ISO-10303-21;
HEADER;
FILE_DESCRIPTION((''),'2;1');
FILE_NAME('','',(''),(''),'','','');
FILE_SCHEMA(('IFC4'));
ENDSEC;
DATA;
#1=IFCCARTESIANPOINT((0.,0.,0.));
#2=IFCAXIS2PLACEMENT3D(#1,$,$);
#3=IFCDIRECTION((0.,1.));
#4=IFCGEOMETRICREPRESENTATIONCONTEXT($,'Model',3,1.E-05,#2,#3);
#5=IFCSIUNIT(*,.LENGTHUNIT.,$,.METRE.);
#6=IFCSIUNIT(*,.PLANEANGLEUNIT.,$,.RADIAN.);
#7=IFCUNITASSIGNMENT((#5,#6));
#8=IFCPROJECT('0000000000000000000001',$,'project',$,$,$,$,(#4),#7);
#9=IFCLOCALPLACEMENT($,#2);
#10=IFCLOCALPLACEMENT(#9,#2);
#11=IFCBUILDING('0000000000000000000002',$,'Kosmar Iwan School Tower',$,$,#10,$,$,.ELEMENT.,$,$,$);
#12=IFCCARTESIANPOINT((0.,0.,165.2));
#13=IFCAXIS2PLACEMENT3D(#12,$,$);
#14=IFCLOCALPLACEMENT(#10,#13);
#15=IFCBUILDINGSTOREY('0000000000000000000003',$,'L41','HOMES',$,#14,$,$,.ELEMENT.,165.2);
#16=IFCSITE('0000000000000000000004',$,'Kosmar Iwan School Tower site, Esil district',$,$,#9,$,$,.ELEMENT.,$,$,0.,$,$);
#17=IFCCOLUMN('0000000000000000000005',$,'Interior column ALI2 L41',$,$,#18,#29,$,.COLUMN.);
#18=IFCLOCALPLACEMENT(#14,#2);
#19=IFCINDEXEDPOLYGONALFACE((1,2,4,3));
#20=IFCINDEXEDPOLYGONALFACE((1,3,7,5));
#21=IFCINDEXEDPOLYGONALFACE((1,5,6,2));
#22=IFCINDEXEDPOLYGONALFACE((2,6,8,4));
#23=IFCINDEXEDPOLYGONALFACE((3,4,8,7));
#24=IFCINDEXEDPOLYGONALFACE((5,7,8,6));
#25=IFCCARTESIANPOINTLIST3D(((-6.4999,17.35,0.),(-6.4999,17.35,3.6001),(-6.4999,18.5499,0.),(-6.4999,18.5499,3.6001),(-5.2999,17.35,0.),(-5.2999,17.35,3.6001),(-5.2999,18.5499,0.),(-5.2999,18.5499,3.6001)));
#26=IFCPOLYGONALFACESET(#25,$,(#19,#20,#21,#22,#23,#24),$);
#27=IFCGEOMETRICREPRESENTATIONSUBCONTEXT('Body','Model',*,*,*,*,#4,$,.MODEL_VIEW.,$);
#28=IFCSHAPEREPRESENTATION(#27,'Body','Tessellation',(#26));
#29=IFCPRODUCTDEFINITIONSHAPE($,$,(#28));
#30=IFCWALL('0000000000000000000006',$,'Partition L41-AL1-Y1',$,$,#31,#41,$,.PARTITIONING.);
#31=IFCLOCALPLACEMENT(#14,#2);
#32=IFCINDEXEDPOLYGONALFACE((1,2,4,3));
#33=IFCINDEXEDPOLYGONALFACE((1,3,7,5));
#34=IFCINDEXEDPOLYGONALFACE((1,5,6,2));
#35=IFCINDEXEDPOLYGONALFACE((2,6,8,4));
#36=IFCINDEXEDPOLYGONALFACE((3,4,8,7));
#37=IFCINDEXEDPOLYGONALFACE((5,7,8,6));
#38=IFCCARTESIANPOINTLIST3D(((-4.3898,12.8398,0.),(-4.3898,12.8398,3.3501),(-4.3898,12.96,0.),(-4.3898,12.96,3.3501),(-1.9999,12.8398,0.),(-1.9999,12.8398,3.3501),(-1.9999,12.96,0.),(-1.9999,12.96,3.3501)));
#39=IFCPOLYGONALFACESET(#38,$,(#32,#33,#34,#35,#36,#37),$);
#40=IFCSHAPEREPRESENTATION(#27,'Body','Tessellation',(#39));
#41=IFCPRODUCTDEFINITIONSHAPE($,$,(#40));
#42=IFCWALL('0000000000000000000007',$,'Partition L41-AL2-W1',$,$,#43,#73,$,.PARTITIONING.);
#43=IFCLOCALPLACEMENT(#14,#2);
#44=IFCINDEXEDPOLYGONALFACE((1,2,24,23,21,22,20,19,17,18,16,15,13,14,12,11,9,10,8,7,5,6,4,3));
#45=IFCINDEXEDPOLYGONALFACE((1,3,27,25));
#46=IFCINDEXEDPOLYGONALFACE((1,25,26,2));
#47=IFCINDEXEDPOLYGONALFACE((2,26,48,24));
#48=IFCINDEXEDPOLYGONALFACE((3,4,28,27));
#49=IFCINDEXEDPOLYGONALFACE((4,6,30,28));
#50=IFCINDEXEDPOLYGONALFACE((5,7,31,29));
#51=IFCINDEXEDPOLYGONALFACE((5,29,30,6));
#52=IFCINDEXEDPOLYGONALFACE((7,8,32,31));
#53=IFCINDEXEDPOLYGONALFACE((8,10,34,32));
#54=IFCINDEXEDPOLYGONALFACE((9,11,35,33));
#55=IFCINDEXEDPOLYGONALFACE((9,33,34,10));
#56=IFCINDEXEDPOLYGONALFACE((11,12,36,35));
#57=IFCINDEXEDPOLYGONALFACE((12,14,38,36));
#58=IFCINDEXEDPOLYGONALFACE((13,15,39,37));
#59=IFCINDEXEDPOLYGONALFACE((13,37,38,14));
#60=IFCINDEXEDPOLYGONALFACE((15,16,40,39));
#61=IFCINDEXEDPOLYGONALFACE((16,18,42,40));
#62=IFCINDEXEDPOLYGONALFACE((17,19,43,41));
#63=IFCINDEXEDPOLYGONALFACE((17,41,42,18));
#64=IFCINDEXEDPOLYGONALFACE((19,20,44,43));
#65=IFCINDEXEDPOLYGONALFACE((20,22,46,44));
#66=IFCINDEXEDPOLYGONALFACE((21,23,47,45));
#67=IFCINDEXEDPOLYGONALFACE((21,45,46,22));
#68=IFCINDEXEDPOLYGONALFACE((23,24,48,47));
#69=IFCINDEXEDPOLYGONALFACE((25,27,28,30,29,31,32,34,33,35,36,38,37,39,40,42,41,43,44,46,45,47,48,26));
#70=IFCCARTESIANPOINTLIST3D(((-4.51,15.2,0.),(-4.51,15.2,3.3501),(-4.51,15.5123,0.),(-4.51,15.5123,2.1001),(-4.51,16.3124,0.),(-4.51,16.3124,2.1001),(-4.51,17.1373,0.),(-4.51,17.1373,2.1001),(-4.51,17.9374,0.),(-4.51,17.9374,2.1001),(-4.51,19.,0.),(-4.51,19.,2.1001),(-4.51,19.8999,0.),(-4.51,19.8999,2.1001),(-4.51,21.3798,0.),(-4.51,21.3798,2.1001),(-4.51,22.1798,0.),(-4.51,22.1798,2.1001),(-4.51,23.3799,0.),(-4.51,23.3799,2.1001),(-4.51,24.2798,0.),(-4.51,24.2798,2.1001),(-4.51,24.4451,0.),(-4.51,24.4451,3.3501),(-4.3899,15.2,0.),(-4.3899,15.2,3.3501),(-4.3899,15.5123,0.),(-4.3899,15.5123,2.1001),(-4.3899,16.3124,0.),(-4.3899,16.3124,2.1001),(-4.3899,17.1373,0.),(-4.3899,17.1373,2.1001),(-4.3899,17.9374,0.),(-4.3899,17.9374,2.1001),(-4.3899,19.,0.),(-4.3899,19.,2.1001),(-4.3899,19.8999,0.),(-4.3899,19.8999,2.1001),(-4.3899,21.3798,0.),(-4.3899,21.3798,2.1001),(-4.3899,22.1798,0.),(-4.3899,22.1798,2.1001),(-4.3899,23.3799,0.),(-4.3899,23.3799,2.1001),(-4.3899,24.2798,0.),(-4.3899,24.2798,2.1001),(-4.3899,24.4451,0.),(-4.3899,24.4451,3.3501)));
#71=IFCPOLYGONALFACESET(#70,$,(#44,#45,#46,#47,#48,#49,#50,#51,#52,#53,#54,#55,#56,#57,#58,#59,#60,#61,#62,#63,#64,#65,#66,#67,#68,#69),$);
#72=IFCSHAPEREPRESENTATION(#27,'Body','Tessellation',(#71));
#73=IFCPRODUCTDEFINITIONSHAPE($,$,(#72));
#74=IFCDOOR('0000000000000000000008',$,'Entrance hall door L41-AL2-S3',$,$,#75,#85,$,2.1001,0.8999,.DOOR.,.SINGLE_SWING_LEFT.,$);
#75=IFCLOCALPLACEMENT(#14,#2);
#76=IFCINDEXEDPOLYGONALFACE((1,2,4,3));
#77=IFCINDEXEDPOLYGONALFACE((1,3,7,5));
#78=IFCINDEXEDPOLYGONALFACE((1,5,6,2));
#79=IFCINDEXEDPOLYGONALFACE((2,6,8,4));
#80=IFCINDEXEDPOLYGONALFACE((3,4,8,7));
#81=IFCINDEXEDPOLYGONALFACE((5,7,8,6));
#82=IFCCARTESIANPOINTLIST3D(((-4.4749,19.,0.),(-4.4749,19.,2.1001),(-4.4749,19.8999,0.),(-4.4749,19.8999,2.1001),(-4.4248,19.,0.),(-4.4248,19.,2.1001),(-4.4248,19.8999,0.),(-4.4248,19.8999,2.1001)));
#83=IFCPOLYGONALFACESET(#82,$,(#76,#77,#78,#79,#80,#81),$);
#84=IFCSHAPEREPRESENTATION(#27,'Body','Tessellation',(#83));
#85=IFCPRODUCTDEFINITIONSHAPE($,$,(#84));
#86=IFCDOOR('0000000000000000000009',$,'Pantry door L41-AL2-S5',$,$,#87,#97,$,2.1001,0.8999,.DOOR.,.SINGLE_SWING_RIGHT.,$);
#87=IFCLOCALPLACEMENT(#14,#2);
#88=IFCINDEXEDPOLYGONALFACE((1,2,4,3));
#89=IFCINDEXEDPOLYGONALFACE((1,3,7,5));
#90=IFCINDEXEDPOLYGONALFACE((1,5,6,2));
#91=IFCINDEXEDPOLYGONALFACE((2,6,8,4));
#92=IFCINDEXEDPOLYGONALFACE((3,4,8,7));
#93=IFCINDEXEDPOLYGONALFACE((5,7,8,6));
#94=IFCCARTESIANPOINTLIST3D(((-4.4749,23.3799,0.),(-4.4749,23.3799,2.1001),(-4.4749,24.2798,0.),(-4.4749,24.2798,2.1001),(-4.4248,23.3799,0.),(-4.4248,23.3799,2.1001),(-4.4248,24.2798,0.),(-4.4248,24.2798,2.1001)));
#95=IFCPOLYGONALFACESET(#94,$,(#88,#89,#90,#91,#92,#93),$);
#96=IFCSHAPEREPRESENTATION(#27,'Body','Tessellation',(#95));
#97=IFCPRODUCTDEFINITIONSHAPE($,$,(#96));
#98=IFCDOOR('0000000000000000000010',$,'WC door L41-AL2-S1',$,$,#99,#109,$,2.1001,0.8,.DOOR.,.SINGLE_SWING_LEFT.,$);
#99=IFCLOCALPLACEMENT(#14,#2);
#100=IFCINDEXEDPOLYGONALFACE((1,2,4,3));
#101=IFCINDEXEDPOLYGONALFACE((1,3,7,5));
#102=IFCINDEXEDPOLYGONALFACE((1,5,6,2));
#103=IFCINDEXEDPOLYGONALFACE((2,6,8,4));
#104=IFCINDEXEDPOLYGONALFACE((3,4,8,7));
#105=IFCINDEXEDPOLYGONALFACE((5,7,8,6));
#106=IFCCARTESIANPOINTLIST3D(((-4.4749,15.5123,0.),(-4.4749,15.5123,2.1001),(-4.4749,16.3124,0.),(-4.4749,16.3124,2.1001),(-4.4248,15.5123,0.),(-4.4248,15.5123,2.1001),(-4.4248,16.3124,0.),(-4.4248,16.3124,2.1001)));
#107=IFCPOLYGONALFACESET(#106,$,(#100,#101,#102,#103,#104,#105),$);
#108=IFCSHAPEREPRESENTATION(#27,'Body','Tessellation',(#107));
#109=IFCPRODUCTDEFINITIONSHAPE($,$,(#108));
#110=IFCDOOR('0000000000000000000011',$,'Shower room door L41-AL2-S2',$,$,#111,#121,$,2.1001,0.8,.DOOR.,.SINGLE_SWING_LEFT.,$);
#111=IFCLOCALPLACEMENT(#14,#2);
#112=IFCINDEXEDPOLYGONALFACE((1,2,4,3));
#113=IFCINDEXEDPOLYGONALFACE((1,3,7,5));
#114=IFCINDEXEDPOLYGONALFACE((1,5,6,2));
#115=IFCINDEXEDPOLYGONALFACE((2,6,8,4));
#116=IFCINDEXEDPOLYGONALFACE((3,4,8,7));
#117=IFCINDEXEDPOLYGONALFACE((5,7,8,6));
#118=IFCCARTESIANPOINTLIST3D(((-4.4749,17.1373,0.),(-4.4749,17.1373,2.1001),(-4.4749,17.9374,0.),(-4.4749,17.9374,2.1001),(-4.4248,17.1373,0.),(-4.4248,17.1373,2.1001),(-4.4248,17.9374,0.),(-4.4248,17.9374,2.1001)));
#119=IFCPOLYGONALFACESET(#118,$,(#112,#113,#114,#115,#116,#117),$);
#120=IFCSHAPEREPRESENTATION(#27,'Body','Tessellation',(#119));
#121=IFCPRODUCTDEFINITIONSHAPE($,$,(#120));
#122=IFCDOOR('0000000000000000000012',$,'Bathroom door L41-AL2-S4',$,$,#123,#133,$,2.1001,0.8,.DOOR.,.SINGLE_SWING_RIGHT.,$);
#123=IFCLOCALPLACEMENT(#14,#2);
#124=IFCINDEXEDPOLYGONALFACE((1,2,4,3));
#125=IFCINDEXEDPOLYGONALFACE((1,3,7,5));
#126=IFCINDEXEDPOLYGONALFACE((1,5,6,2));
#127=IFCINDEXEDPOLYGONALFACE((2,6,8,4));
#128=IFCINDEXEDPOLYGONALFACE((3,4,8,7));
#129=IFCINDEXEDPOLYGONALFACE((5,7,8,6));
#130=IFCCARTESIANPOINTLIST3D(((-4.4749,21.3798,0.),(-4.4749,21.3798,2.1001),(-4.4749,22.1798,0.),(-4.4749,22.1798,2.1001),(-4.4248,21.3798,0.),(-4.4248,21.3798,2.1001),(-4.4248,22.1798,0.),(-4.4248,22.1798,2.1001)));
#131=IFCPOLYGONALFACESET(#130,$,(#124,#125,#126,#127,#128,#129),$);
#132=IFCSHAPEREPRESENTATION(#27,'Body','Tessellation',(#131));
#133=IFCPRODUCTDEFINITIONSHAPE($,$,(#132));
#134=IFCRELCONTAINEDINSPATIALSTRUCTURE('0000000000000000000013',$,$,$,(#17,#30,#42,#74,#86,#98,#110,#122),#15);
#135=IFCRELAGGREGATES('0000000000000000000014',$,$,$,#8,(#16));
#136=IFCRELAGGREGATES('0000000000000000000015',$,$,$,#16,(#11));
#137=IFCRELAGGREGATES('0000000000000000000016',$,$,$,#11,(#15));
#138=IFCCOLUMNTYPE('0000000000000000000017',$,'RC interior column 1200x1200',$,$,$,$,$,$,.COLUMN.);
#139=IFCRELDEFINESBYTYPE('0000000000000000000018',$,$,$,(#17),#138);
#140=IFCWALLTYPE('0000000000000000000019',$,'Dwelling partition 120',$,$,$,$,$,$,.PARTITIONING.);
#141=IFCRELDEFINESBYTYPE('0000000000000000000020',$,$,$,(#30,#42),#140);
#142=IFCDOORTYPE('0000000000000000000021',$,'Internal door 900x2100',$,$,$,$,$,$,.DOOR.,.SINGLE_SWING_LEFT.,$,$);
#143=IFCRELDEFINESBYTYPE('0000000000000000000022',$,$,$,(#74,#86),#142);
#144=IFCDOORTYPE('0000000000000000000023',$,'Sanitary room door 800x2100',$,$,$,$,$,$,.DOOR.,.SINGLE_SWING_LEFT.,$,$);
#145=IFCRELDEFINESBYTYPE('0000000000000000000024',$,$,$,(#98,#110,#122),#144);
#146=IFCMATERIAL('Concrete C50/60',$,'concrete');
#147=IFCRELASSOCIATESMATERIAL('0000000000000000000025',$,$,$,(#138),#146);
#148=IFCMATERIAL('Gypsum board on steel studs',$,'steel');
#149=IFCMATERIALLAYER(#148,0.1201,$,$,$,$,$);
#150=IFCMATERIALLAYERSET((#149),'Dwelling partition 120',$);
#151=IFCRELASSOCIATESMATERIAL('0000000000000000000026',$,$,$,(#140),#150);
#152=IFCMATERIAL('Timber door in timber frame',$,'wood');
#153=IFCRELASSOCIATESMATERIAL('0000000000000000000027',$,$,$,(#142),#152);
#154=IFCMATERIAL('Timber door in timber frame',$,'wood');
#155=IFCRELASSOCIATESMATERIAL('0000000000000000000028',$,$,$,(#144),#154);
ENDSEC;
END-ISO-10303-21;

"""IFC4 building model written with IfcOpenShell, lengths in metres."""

from ifc_helpers import new_model, si_unit, direction, frame, frame_2d, origin, origin_2d, place, context, subcontext, project, spatial, rectangle, extrude, material, layer, layer_set, material_profile, profile_set, type_object, element, fill, save


model = new_model("IFC4")

# Units and contexts
model_context = context("Model", 3, precision=1e-05, world=origin(), true_north=direction((0.0, 1.0)))
body_context = subcontext(model_context, "Body", "Model", "MODEL_VIEW")
ifc_project = project(units=[si_unit("LENGTHUNIT", "METRE"), si_unit("PLANEANGLEUNIT", "RADIAN")], contexts=[model_context])

# Site, building, storey
site_placement = place(None, origin())
site = spatial("IfcSite", under=ifc_project, at=site_placement, Name="Kosmar Iwan School Tower site, Esil district", CompositionType="ELEMENT", RefElevation=0.0)
building_placement = place(site_placement, origin())
building = spatial("IfcBuilding", under=site, at=building_placement, Name="Kosmar Iwan School Tower", CompositionType="ELEMENT")
storey_placement = place(building_placement, frame((0.0, 0.0, 165.2)))
storey = spatial("IfcBuildingStorey", under=building, at=storey_placement, Name="L41", Description="HOMES", CompositionType="ELEMENT", Elevation=165.2)

# Column
ifc_material_1 = material(Name="Concrete C50/60", Category="concrete")
ifc_material_profile = material_profile(ifc_material_1, rectangle(XDim=1.2, YDim=1.2, at=origin_2d()), Name="RC 1200x1200")
ifc_profile_set = profile_set([ifc_material_profile], Name="Concrete C50/60")
column_type = type_object("IfcColumnType", Name="RC interior column 1200x1200", PredefinedType="COLUMN", material=ifc_profile_set)
column_placement = place(storey_placement, frame((-5.8999, 17.95, 0.0), z_axis=(0.0, 0.0, 1.0), x_axis=(0.0, 1.0, 0.0)))
element("IfcColumn", 1, at=column_placement, inside=storey, type_object=column_type, Name="Interior column ALI2 L41", PredefinedType="COLUMN", context=body_context, shape_type="SweptSolid", body=[
    extrude(rectangle(XDim=1.2, YDim=1.2, at=origin_2d()), origin(), (0.0, 0.0, 1.0), 3.6001),
])

# Wall
ifc_material_2 = material(Name="Gypsum board on steel studs", Category="steel")
ifc_layer_1 = layer(ifc_material_2, 0.1201)
ifc_layer_set_1 = layer_set([ifc_layer_1], Name="Dwelling partition 120")
wall_type_1 = type_object("IfcWallType", Name="Dwelling partition 120", PredefinedType="PARTITIONING", material=ifc_layer_set_1)
wall_1_placement = place(storey_placement, frame((-2.0, 12.8999, 0.0), z_axis=(0.0, 0.0, 1.0), x_axis=(-1.0, 0.0, 0.0)))
element("IfcWall", 2, at=wall_1_placement, inside=storey, type_object=wall_type_1, Name="Partition L41-AL1-Y1", PredefinedType="PARTITIONING", context=body_context, shape_type="SweptSolid", body=[
    extrude(rectangle(XDim=2.3899, YDim=0.1201, at=frame_2d((1.1948, 0.0))), origin(), (0.0, 0.0, 1.0), 3.3501),
])

# Wall, openings, doors
wall_2_placement = place(storey_placement, frame((-4.45, 15.2, 0.0), z_axis=(0.0, 0.0, 1.0), x_axis=(0.0, 1.0, 0.0)))
wall_2 = element("IfcWall", 3, at=wall_2_placement, inside=storey, type_object=wall_type_1, Name="Partition L41-AL2-W1", PredefinedType="PARTITIONING", context=body_context, shape_type="SweptSolid", body=[
    extrude(rectangle(XDim=9.2451, YDim=0.1201, at=frame_2d((4.6226, 0.0))), origin(), (0.0, 0.0, 1.0), 3.3501),
])
opening_1_placement = place(wall_2_placement, frame((0.3125, 0.0, 0.0)))
opening_1 = element("IfcOpeningElement", 4, at=opening_1_placement, cuts=wall_2, PredefinedType="OPENING", context=body_context, shape_type="SweptSolid", body=[
    extrude(rectangle(XDim=0.8, YDim=2.1001, at=frame_2d((0.3999, 1.05))), frame((0.0, 0.072, 0.0), z_axis=(0.0, -1.0, 0.0), x_axis=(1.0, 0.0, 0.0)), (0.0, 0.0, 1.0), 0.144),
])
opening_2_placement = place(wall_2_placement, frame((1.9375, 0.0, 0.0)))
opening_2 = element("IfcOpeningElement", 5, at=opening_2_placement, cuts=wall_2, PredefinedType="OPENING", context=body_context, shape_type="SweptSolid", body=[
    extrude(rectangle(XDim=0.8, YDim=2.1001, at=frame_2d((0.3999, 1.05))), frame((0.0, 0.072, 0.0), z_axis=(0.0, -1.0, 0.0), x_axis=(1.0, 0.0, 0.0)), (0.0, 0.0, 1.0), 0.144),
])
opening_3_placement = place(wall_2_placement, frame((3.8, 0.0, 0.0)))
opening_3 = element("IfcOpeningElement", 6, at=opening_3_placement, cuts=wall_2, PredefinedType="OPENING", context=body_context, shape_type="SweptSolid", body=[
    extrude(rectangle(XDim=0.8999, YDim=2.1001, at=frame_2d((0.45, 1.05))), frame((0.0, 0.072, 0.0), z_axis=(0.0, -1.0, 0.0), x_axis=(1.0, 0.0, 0.0)), (0.0, 0.0, 1.0), 0.144),
])
opening_4_placement = place(wall_2_placement, frame((6.1799, 0.0, 0.0)))
opening_4 = element("IfcOpeningElement", 7, at=opening_4_placement, cuts=wall_2, PredefinedType="OPENING", context=body_context, shape_type="SweptSolid", body=[
    extrude(rectangle(XDim=0.8, YDim=2.1001, at=frame_2d((0.3999, 1.05))), frame((0.0, 0.072, 0.0), z_axis=(0.0, -1.0, 0.0), x_axis=(1.0, 0.0, 0.0)), (0.0, 0.0, 1.0), 0.144),
])
opening_5_placement = place(wall_2_placement, frame((8.1799, 0.0, 0.0)))
opening_5 = element("IfcOpeningElement", 8, at=opening_5_placement, cuts=wall_2, PredefinedType="OPENING", context=body_context, shape_type="SweptSolid", body=[
    extrude(rectangle(XDim=0.8999, YDim=2.1001, at=frame_2d((0.45, 1.05))), frame((0.0, 0.072, 0.0), z_axis=(0.0, -1.0, 0.0), x_axis=(1.0, 0.0, 0.0)), (0.0, 0.0, 1.0), 0.144),
])
ifc_material_3 = material(Name="Timber door in timber frame", Category="wood")
door_type_1 = type_object("IfcDoorType", Name="Internal door 900x2100", OperationType="SINGLE_SWING_LEFT", PredefinedType="DOOR", material=ifc_material_3)
door_1_placement = place(opening_3_placement, origin())
door_1 = element("IfcDoor", 9, at=door_1_placement, inside=storey, type_object=door_type_1, Name="Entrance hall door L41-AL2-S3", OperationType="SINGLE_SWING_LEFT", OverallHeight=2.1001, OverallWidth=0.8999, PredefinedType="DOOR", context=body_context, shape_type="SweptSolid", body=[
    extrude(rectangle(XDim=0.8999, YDim=2.1001, at=frame_2d((0.45, 1.05))), frame((0.0, 0.0249, 0.0), z_axis=(0.0, -1.0, 0.0), x_axis=(1.0, 0.0, 0.0)), (0.0, 0.0, 1.0), 0.05),
])
fill(opening_3, door_1)
door_2_placement = place(opening_5_placement, origin())
door_2 = element("IfcDoor", 10, at=door_2_placement, inside=storey, type_object=door_type_1, Name="Pantry door L41-AL2-S5", OperationType="SINGLE_SWING_RIGHT", OverallHeight=2.1001, OverallWidth=0.8999, PredefinedType="DOOR", context=body_context, shape_type="SweptSolid", body=[
    extrude(rectangle(XDim=0.8999, YDim=2.1001, at=frame_2d((0.45, 1.05))), frame((0.0, 0.0249, 0.0), z_axis=(0.0, -1.0, 0.0), x_axis=(1.0, 0.0, 0.0)), (0.0, 0.0, 1.0), 0.05),
])
fill(opening_5, door_2)
ifc_material_4 = material(Name="Timber door in timber frame", Category="wood")
door_type_2 = type_object("IfcDoorType", Name="Sanitary room door 800x2100", OperationType="SINGLE_SWING_LEFT", PredefinedType="DOOR", material=ifc_material_4)
door_3_placement = place(opening_1_placement, origin())
door_3 = element("IfcDoor", 11, at=door_3_placement, inside=storey, type_object=door_type_2, Name="WC door L41-AL2-S1", OperationType="SINGLE_SWING_LEFT", OverallHeight=2.1001, OverallWidth=0.8, PredefinedType="DOOR", context=body_context, shape_type="SweptSolid", body=[
    extrude(rectangle(XDim=0.8, YDim=2.1001, at=frame_2d((0.3999, 1.05))), frame((0.0, 0.0249, 0.0), z_axis=(0.0, -1.0, 0.0), x_axis=(1.0, 0.0, 0.0)), (0.0, 0.0, 1.0), 0.05),
])
fill(opening_1, door_3)
door_4_placement = place(opening_2_placement, origin())
door_4 = element("IfcDoor", 12, at=door_4_placement, inside=storey, type_object=door_type_2, Name="Shower room door L41-AL2-S2", OperationType="SINGLE_SWING_LEFT", OverallHeight=2.1001, OverallWidth=0.8, PredefinedType="DOOR", context=body_context, shape_type="SweptSolid", body=[
    extrude(rectangle(XDim=0.8, YDim=2.1001, at=frame_2d((0.3999, 1.05))), frame((0.0, 0.0249, 0.0), z_axis=(0.0, -1.0, 0.0), x_axis=(1.0, 0.0, 0.0)), (0.0, 0.0, 1.0), 0.05),
])
fill(opening_2, door_4)
door_5_placement = place(opening_4_placement, origin())
door_5 = element("IfcDoor", 13, at=door_5_placement, inside=storey, type_object=door_type_2, Name="Bathroom door L41-AL2-S4", OperationType="SINGLE_SWING_RIGHT", OverallHeight=2.1001, OverallWidth=0.8, PredefinedType="DOOR", context=body_context, shape_type="SweptSolid", body=[
    extrude(rectangle(XDim=0.8, YDim=2.1001, at=frame_2d((0.3999, 1.05))), frame((0.0, 0.0249, 0.0), z_axis=(0.0, -1.0, 0.0), x_axis=(1.0, 0.0, 0.0)), (0.0, 0.0, 1.0), 0.05),
])
fill(opening_4, door_5)

save(model, "model.ifc")
